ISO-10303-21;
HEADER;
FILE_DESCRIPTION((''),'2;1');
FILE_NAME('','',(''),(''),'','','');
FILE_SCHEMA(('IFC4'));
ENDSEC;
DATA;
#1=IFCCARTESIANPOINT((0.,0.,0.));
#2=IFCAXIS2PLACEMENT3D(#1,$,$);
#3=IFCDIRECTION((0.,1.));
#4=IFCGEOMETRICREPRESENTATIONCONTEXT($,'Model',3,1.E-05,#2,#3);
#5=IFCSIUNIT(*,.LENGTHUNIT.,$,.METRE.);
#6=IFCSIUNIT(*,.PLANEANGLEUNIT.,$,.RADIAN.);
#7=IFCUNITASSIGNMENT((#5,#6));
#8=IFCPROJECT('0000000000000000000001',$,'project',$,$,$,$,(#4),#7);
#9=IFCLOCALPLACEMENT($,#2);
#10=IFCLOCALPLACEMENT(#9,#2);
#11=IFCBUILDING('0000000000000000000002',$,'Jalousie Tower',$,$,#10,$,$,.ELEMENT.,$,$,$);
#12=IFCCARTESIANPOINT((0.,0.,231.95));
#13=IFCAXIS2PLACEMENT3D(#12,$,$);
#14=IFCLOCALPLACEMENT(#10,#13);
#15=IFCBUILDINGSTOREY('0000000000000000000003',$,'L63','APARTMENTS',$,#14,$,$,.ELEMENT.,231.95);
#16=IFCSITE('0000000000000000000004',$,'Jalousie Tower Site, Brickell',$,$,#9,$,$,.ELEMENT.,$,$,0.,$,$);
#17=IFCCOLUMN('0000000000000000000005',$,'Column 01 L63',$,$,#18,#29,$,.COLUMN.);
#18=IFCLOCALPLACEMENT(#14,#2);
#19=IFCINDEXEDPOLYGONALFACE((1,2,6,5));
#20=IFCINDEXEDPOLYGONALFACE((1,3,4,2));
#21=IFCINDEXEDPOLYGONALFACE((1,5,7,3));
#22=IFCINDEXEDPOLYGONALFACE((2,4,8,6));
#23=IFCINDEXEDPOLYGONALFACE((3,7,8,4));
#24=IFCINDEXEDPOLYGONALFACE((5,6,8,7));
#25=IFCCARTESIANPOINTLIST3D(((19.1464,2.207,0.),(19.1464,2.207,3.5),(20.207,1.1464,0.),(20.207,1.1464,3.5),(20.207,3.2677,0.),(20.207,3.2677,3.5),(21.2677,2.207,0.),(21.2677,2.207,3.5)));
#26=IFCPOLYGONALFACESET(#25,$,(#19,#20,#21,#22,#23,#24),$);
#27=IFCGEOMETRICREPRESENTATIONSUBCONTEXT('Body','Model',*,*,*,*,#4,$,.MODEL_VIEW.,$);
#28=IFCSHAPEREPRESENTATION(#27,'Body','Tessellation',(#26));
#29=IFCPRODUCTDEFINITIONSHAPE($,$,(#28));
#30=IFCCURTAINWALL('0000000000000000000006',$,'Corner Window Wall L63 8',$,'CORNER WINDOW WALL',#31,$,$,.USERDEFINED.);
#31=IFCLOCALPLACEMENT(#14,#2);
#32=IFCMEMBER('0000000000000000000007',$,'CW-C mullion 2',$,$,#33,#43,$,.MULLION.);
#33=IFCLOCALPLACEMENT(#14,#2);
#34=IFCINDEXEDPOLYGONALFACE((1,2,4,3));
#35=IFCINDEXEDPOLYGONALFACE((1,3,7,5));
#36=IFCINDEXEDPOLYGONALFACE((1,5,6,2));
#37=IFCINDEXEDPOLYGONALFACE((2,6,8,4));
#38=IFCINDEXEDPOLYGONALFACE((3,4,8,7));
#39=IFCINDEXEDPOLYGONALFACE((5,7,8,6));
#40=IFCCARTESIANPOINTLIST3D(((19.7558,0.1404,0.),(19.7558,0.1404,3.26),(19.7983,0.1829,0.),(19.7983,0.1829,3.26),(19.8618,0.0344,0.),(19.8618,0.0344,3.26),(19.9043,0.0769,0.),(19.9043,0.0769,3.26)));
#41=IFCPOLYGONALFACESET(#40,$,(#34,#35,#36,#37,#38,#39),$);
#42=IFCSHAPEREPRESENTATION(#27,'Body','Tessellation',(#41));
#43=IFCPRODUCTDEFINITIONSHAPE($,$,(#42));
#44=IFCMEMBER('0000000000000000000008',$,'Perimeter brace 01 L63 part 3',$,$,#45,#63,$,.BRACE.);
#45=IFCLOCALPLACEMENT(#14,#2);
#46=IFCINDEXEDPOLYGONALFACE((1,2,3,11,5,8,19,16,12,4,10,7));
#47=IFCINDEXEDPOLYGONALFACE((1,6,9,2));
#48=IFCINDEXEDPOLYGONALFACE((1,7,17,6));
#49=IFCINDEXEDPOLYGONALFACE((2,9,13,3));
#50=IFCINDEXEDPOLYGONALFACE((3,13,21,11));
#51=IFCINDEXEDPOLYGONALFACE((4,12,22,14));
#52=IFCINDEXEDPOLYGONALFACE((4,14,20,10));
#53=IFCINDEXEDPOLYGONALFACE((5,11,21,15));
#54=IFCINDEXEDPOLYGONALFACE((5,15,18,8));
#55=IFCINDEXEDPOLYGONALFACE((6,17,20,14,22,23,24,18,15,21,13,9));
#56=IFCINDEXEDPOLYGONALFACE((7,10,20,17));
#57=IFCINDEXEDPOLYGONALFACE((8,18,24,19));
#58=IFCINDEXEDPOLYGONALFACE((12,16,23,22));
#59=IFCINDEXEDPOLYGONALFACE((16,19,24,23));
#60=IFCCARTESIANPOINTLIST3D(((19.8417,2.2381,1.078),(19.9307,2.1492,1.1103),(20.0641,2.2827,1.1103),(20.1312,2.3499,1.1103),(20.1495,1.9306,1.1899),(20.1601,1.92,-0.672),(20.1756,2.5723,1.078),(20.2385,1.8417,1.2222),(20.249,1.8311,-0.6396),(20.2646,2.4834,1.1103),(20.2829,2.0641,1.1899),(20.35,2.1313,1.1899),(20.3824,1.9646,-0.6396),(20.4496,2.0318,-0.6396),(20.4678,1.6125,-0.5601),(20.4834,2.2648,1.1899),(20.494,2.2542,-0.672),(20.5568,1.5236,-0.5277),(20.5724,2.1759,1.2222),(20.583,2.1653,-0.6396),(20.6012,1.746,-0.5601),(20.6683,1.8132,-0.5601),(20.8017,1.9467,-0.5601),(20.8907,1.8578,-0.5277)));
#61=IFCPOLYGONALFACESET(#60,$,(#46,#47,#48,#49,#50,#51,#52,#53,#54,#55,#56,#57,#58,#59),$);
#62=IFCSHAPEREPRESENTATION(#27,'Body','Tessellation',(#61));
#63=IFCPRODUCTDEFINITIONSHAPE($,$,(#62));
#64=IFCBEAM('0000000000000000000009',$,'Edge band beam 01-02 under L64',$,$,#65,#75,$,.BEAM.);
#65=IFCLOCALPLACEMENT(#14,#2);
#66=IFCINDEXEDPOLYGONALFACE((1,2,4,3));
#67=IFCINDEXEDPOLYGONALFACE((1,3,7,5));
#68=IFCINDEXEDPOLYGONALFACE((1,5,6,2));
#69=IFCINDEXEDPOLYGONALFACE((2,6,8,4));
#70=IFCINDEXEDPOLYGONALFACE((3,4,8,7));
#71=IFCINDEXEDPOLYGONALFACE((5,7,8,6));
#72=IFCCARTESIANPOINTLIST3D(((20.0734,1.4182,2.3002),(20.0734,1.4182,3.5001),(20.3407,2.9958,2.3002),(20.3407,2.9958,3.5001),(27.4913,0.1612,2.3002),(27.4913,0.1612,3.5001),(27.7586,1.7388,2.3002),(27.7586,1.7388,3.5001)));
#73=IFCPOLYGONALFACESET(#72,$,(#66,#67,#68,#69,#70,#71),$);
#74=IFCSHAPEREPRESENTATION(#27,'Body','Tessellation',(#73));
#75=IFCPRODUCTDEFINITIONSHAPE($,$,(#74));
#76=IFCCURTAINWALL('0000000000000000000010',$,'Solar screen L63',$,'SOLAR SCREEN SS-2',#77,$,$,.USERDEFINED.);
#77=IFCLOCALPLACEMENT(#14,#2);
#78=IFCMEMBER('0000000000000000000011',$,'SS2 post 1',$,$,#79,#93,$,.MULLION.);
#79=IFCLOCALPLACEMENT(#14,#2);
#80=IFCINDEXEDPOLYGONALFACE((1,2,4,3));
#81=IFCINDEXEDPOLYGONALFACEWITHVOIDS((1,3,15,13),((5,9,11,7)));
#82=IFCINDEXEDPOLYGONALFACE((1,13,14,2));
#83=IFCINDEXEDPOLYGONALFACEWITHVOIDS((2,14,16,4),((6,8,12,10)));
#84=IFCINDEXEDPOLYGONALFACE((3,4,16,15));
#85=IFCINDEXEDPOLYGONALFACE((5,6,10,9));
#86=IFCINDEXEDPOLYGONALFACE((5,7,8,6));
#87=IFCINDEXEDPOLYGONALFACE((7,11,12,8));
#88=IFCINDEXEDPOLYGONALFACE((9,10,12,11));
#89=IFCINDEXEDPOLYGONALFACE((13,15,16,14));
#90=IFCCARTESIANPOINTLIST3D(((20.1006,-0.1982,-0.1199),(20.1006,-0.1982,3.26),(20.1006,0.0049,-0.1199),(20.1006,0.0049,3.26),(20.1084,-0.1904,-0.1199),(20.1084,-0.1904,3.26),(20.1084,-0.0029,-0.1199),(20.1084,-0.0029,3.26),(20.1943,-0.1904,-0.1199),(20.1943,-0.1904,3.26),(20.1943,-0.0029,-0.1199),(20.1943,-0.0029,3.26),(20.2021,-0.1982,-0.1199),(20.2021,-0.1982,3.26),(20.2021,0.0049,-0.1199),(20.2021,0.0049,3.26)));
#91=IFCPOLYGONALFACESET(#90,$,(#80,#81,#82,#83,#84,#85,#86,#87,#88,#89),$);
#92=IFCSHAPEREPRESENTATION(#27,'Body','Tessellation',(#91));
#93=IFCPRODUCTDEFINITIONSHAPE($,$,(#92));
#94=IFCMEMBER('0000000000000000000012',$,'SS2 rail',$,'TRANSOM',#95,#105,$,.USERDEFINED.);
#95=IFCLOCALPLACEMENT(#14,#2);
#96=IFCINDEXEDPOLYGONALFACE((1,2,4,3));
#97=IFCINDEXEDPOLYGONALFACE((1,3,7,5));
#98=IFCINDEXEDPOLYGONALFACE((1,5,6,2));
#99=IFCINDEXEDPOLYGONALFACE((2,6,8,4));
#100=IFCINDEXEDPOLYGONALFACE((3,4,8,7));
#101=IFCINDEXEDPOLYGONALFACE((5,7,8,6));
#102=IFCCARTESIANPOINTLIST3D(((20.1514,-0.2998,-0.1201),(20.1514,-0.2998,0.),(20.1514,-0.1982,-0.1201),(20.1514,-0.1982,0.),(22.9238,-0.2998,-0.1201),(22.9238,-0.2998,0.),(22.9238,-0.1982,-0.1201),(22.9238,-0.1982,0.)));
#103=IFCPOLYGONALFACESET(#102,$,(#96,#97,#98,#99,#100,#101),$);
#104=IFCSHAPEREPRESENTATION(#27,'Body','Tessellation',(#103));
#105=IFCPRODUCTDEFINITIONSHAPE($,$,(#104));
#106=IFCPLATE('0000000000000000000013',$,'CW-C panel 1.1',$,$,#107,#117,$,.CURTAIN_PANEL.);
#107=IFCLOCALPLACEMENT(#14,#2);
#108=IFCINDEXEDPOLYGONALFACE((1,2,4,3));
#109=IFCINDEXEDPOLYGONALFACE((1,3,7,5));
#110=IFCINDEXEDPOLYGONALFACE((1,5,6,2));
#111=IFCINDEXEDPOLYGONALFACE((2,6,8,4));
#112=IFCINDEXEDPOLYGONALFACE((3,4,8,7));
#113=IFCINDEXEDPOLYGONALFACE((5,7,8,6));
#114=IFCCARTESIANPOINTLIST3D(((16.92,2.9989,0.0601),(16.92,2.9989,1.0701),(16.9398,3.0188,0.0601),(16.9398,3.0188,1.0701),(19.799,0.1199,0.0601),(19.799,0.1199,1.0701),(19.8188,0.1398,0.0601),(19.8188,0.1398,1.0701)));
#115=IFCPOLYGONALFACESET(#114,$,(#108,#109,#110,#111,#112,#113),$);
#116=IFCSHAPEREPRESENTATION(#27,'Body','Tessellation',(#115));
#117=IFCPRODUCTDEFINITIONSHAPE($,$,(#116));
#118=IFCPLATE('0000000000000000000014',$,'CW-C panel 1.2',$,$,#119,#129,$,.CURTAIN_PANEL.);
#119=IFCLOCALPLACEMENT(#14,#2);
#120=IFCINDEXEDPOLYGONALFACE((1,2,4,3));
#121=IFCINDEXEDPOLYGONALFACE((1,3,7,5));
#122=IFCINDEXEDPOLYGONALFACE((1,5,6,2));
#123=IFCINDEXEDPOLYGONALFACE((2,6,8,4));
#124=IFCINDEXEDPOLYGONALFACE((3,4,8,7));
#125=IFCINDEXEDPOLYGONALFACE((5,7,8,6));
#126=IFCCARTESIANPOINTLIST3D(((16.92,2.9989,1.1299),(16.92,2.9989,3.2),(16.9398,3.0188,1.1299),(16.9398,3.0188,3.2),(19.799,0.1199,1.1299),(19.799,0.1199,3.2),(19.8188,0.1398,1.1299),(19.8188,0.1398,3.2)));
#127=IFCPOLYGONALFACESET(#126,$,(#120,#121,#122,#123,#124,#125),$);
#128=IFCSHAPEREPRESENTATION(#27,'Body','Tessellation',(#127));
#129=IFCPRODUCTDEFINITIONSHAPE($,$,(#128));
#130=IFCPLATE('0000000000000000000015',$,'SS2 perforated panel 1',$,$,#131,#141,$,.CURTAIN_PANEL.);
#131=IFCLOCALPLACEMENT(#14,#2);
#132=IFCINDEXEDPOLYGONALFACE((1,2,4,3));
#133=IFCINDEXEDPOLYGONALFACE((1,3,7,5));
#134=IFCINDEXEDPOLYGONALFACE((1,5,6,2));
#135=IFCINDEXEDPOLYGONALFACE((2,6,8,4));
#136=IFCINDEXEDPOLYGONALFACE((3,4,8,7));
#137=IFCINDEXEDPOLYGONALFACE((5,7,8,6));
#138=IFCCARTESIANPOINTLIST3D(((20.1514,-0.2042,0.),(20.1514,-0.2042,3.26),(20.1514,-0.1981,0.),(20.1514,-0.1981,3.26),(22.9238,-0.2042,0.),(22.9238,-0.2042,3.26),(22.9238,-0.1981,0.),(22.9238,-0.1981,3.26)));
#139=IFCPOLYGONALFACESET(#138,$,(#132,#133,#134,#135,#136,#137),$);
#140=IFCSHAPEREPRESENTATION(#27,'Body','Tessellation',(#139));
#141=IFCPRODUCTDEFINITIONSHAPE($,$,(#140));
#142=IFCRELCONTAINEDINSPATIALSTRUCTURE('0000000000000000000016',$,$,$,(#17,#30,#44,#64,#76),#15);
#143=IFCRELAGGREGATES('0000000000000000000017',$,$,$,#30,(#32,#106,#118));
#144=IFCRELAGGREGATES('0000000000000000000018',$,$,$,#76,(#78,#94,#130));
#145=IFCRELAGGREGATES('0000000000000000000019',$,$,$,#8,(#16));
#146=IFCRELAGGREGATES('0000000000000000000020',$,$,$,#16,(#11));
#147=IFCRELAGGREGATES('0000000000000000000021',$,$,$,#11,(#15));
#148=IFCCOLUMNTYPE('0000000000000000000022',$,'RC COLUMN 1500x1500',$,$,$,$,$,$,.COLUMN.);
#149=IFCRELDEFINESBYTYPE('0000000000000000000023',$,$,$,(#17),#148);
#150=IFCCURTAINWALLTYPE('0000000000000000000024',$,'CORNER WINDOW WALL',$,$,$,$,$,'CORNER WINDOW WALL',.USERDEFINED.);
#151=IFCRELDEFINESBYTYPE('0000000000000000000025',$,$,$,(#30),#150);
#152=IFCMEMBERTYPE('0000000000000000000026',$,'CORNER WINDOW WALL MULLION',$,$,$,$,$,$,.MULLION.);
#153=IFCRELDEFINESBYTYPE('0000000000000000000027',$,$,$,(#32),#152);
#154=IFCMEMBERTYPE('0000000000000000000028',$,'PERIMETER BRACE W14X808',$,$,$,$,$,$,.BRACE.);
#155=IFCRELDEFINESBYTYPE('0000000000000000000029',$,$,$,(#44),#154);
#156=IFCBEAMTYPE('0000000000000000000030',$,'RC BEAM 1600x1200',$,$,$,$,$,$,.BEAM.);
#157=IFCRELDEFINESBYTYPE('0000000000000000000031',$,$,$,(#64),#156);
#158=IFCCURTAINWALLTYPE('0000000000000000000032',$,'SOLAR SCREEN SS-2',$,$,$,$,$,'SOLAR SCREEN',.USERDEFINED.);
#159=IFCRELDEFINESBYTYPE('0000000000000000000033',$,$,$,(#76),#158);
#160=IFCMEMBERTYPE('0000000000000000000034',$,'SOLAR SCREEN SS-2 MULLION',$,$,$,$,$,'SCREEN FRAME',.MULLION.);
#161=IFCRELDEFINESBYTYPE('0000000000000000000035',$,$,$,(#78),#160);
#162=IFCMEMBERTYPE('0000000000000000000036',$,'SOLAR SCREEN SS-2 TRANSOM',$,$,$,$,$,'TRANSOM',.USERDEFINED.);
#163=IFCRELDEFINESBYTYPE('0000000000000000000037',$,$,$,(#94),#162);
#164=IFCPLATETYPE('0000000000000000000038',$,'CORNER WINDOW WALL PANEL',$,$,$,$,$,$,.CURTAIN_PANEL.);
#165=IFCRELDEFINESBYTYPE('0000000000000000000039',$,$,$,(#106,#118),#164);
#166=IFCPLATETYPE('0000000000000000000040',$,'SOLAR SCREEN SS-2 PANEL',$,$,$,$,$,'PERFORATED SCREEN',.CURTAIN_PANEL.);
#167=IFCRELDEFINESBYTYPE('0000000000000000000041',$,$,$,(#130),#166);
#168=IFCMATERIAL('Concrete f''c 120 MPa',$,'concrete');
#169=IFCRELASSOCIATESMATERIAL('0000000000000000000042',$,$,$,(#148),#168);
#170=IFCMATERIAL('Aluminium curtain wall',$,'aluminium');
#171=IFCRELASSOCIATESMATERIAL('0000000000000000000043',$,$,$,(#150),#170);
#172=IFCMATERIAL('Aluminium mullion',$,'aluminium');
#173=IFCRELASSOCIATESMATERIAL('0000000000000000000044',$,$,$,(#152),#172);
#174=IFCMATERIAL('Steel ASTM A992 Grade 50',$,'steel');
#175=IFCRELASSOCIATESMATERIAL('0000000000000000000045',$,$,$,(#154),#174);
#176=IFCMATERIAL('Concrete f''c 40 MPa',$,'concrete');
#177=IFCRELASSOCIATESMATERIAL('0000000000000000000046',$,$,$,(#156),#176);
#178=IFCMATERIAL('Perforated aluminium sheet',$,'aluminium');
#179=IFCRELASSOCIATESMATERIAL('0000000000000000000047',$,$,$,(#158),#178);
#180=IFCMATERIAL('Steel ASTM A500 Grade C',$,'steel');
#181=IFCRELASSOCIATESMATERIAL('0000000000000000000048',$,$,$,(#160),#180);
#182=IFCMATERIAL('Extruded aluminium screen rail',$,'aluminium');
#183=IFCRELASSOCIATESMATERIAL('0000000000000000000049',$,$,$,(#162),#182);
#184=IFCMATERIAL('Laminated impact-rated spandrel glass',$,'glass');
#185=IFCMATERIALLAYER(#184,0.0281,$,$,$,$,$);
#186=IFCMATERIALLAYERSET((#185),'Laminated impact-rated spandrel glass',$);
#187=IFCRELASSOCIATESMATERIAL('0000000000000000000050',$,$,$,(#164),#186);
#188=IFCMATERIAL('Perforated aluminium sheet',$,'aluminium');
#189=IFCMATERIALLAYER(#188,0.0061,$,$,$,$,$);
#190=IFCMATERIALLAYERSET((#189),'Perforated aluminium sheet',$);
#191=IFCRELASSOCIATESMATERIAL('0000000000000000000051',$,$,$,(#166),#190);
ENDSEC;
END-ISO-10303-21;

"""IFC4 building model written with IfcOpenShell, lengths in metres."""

from ifc_helpers import new_model, si_unit, direction, frame, origin, origin_2d, place, context, subcontext, project, spatial, rectangle, hollow_rectangle, i_section, extrude, material, layer, layer_set, material_profile, profile_set, type_object, element, aggregate, save


model = new_model("IFC4")

# Units and contexts
model_context = context("Model", 3, precision=1e-05, world=origin(), true_north=direction((0.0, 1.0)))
body_context = subcontext(model_context, "Body", "Model", "MODEL_VIEW")
ifc_project = project(units=[si_unit("LENGTHUNIT", "METRE"), si_unit("PLANEANGLEUNIT", "RADIAN")], contexts=[model_context])

# Site, building, storey
site_placement = place(None, origin())
site = spatial("IfcSite", under=ifc_project, at=site_placement, Name="Jalousie Tower Site, Brickell", CompositionType="ELEMENT", RefElevation=0.0)
building_placement = place(site_placement, origin())
building = spatial("IfcBuilding", under=site, at=building_placement, Name="Jalousie Tower", CompositionType="ELEMENT")
storey_placement = place(building_placement, frame((0.0, 0.0, 231.95)))
storey = spatial("IfcBuildingStorey", under=building, at=storey_placement, Name="L63", Description="APARTMENTS", CompositionType="ELEMENT", Elevation=231.95)

# Column
ifc_material_1 = material(Name="Concrete f'c 120 MPa", Category="concrete")
ifc_material_profile_1 = material_profile(ifc_material_1, rectangle(XDim=1.5, YDim=1.5, at=origin_2d()), Name="RC 1500x1500")
ifc_profile_set_1 = profile_set([ifc_material_profile_1], Name="Concrete f'c 120 MPa")
column_type = type_object("IfcColumnType", Name="RC COLUMN 1500x1500", PredefinedType="COLUMN", material=ifc_profile_set_1)
column_placement = place(storey_placement, frame((20.207, 2.207, 0.0), z_axis=(0.0, 0.0, 1.0), x_axis=(0.707107, 0.707107, 0.0)))
element("IfcColumn", 1, at=column_placement, inside=storey, type_object=column_type, Name="Column 01 L63", PredefinedType="COLUMN", context=body_context, shape_type="SweptSolid", body=[
    extrude(rectangle(XDim=1.5, YDim=1.5, at=origin_2d()), origin(), (0.0, 0.0, 1.0), 3.5),
])

# Curtain wall, member
ifc_material_2 = material(Name="Aluminium curtain wall", Category="aluminium")
curtain_wall_type_1 = type_object("IfcCurtainWallType", Name="CORNER WINDOW WALL", ElementType="CORNER WINDOW WALL", PredefinedType="USERDEFINED", material=ifc_material_2)
curtain_wall_1_placement = place(storey_placement, origin())
curtain_wall_1 = element("IfcCurtainWall", 2, at=curtain_wall_1_placement, inside=storey, type_object=curtain_wall_type_1, Name="Corner Window Wall L63 8", ObjectType="CORNER WINDOW WALL", PredefinedType="USERDEFINED")
ifc_material_3 = material(Name="Aluminium mullion", Category="aluminium")
ifc_material_profile_2 = material_profile(ifc_material_3, rectangle(XDim=0.0601, YDim=0.1499, at=origin_2d()), Name="MULLION 60x150")
ifc_profile_set_2 = profile_set([ifc_material_profile_2], Name="Aluminium mullion")
member_type_1 = type_object("IfcMemberType", Name="CORNER WINDOW WALL MULLION", PredefinedType="MULLION", material=ifc_profile_set_2)
member_1_placement = place(storey_placement, frame((19.8301, 0.1086, 0.0), z_axis=(0.0, 0.0, 1.0), x_axis=(0.707107, 0.707107, 0.0)))
member_1 = element("IfcMember", 3, at=member_1_placement, type_object=member_type_1, Name="CW-C mullion 2", PredefinedType="MULLION", context=body_context, shape_type="SweptSolid", body=[
    extrude(rectangle(XDim=0.0601, YDim=0.1499, at=origin_2d()), origin(), (0.0, 0.0, 1.0), 3.26),
])

# Member
ifc_material_4 = material(Name="Steel ASTM A992 Grade 50", Category="steel")
ifc_material_profile_3 = material_profile(ifc_material_4, i_section(OverallWidth=0.4724, OverallDepth=0.5791, WebThickness=0.095, FlangeThickness=0.1299, at=origin_2d()), Name="W14X808")
ifc_profile_set_3 = profile_set([ifc_material_profile_3], Name="Steel ASTM A992 Grade 50")
member_type_2 = type_object("IfcMemberType", Name="PERIMETER BRACE W14X808", PredefinedType="BRACE", material=ifc_profile_set_3)
member_2_placement = place(storey_placement, frame((20.5254, 1.8889, -0.5999), z_axis=(-0.176187, 0.176051, 0.968486), x_axis=(-0.706835, -0.707378, 0.0)))
element("IfcMember", 4, at=member_2_placement, inside=storey, type_object=member_type_2, Name="Perimeter brace 01 L63 part 3", PredefinedType="BRACE", context=body_context, shape_type="SweptSolid", body=[
    extrude(i_section(OverallWidth=0.4724, OverallDepth=0.5791, WebThickness=0.095, FlangeThickness=0.1299, at=origin_2d()), origin(), (0.0, 0.0, 1.0), 1.8069),
])

# Beam
ifc_material_5 = material(Name="Concrete f'c 40 MPa", Category="concrete")
ifc_material_profile_4 = material_profile(ifc_material_5, rectangle(XDim=1.6001, YDim=1.2, at=origin_2d()), Name="RC 1600x1200")
ifc_profile_set_4 = profile_set([ifc_material_profile_4], Name="Concrete f'c 40 MPa")
beam_type = type_object("IfcBeamType", Name="RC BEAM 1600x1200", PredefinedType="BEAM", material=ifc_profile_set_4)
beam_placement = place(storey_placement, frame((20.207, 2.207, 2.9001), z_axis=(0.985943, -0.167082, 0.0), x_axis=(0.167082, 0.985943, 0.0)))
element("IfcBeam", 5, at=beam_placement, inside=storey, type_object=beam_type, Name="Edge band beam 01-02 under L64", PredefinedType="BEAM", context=body_context, shape_type="SweptSolid", body=[
    extrude(rectangle(XDim=1.6001, YDim=1.2, at=origin_2d()), origin(), (0.0, 0.0, 1.0), 7.5237),
])

# Curtain wall, members
ifc_material_6 = material(Name="Perforated aluminium sheet", Category="aluminium")
curtain_wall_type_2 = type_object("IfcCurtainWallType", Name="SOLAR SCREEN SS-2", ElementType="SOLAR SCREEN", PredefinedType="USERDEFINED", material=ifc_material_6)
curtain_wall_2_placement = place(storey_placement, origin())
curtain_wall_2 = element("IfcCurtainWall", 6, at=curtain_wall_2_placement, inside=storey, type_object=curtain_wall_type_2, Name="Solar screen L63", ObjectType="SOLAR SCREEN SS-2", PredefinedType="USERDEFINED")
ifc_material_7 = material(Name="Steel ASTM A500 Grade C", Category="steel")
ifc_material_profile_5 = material_profile(ifc_material_7, hollow_rectangle(XDim=0.1016, YDim=0.2031, WallThickness=0.0078, at=origin_2d()), Name="HSS8X4X5/16")
ifc_profile_set_5 = profile_set([ifc_material_profile_5], Name="Steel ASTM A500 Grade C")
member_type_3 = type_object("IfcMemberType", Name="SOLAR SCREEN SS-2 MULLION", ElementType="SCREEN FRAME", PredefinedType="MULLION", material=ifc_profile_set_5)
member_3_placement = place(storey_placement, frame((20.1514, -0.0967, -0.1199), z_axis=(0.0, 0.0, 1.0), x_axis=(1.0, 0.0, 0.0)))
member_3 = element("IfcMember", 7, at=member_3_placement, type_object=member_type_3, Name="SS2 post 1", PredefinedType="MULLION", context=body_context, shape_type="SweptSolid", body=[
    extrude(hollow_rectangle(XDim=0.1016, YDim=0.2031, WallThickness=0.0078, at=origin_2d()), origin(), (0.0, 0.0, 1.0), 3.3799),
])
ifc_material_8 = material(Name="Extruded aluminium screen rail", Category="aluminium")
ifc_material_profile_6 = material_profile(ifc_material_8, rectangle(XDim=0.1016, YDim=0.1201, at=origin_2d()), Name="RAIL 102x120")
ifc_profile_set_6 = profile_set([ifc_material_profile_6], Name="Extruded aluminium screen rail")
member_type_4 = type_object("IfcMemberType", Name="SOLAR SCREEN SS-2 TRANSOM", ElementType="TRANSOM", PredefinedType="USERDEFINED", material=ifc_profile_set_6)
member_4_placement = place(storey_placement, frame((20.1514, -0.249, -0.0601), z_axis=(1.0, 0.0, 0.0), x_axis=(0.0, 1.0, 0.0)))
member_4 = element("IfcMember", 8, at=member_4_placement, type_object=member_type_4, Name="SS2 rail", ObjectType="TRANSOM", PredefinedType="USERDEFINED", context=body_context, shape_type="SweptSolid", body=[
    extrude(rectangle(XDim=0.1016, YDim=0.1201, at=origin_2d()), origin(), (0.0, 0.0, 1.0), 2.7725),
])

# Plates
ifc_material_9 = material(Name="Laminated impact-rated spandrel glass", Category="glass")
ifc_layer_1 = layer(ifc_material_9, 0.0281)
ifc_layer_set_1 = layer_set([ifc_layer_1], Name="Laminated impact-rated spandrel glass")
plate_type_1 = type_object("IfcPlateType", Name="CORNER WINDOW WALL PANEL", PredefinedType="CURTAIN_PANEL", material=ifc_layer_set_1)
plate_1_placement = place(storey_placement, frame((18.3694, 1.5693, 0.0601), z_axis=(0.0, 0.0, 1.0), x_axis=(0.707107, -0.707107, 0.0)))
plate_1 = element("IfcPlate", 9, at=plate_1_placement, type_object=plate_type_1, Name="CW-C panel 1.1", PredefinedType="CURTAIN_PANEL", context=body_context, shape_type="SweptSolid", body=[
    extrude(rectangle(XDim=4.0715, YDim=0.0281, at=origin_2d()), origin(), (0.0, 0.0, 1.0), 1.01),
])
plate_2_placement = place(storey_placement, frame((18.3694, 1.5693, 1.1299), z_axis=(0.0, 0.0, 1.0), x_axis=(0.707107, -0.707107, 0.0)))
plate_2 = element("IfcPlate", 10, at=plate_2_placement, type_object=plate_type_1, Name="CW-C panel 1.2", PredefinedType="CURTAIN_PANEL", context=body_context, shape_type="SweptSolid", body=[
    extrude(rectangle(XDim=4.0715, YDim=0.0281, at=origin_2d()), origin(), (0.0, 0.0, 1.0), 2.0701),
])
aggregate(curtain_wall_1, [member_1, plate_1, plate_2])
ifc_material_10 = material(Name="Perforated aluminium sheet", Category="aluminium")
ifc_layer_2 = layer(ifc_material_10, 0.0061)
ifc_layer_set_2 = layer_set([ifc_layer_2], Name="Perforated aluminium sheet")
plate_type_2 = type_object("IfcPlateType", Name="SOLAR SCREEN SS-2 PANEL", ElementType="PERFORATED SCREEN", PredefinedType="CURTAIN_PANEL", material=ifc_layer_set_2)
plate_3_placement = place(storey_placement, frame((21.5376, -0.2012, 0.0), z_axis=(0.0, 0.0, 1.0), x_axis=(1.0, 0.0, 0.0)))
plate_3 = element("IfcPlate", 11, at=plate_3_placement, type_object=plate_type_2, Name="SS2 perforated panel 1", PredefinedType="CURTAIN_PANEL", context=body_context, shape_type="SweptSolid", body=[
    extrude(rectangle(XDim=2.7725, YDim=0.0061, at=origin_2d()), origin(), (0.0, 0.0, 1.0), 3.26),
])
aggregate(curtain_wall_2, [member_3, member_4, plate_3])

save(model, "model.ifc")
